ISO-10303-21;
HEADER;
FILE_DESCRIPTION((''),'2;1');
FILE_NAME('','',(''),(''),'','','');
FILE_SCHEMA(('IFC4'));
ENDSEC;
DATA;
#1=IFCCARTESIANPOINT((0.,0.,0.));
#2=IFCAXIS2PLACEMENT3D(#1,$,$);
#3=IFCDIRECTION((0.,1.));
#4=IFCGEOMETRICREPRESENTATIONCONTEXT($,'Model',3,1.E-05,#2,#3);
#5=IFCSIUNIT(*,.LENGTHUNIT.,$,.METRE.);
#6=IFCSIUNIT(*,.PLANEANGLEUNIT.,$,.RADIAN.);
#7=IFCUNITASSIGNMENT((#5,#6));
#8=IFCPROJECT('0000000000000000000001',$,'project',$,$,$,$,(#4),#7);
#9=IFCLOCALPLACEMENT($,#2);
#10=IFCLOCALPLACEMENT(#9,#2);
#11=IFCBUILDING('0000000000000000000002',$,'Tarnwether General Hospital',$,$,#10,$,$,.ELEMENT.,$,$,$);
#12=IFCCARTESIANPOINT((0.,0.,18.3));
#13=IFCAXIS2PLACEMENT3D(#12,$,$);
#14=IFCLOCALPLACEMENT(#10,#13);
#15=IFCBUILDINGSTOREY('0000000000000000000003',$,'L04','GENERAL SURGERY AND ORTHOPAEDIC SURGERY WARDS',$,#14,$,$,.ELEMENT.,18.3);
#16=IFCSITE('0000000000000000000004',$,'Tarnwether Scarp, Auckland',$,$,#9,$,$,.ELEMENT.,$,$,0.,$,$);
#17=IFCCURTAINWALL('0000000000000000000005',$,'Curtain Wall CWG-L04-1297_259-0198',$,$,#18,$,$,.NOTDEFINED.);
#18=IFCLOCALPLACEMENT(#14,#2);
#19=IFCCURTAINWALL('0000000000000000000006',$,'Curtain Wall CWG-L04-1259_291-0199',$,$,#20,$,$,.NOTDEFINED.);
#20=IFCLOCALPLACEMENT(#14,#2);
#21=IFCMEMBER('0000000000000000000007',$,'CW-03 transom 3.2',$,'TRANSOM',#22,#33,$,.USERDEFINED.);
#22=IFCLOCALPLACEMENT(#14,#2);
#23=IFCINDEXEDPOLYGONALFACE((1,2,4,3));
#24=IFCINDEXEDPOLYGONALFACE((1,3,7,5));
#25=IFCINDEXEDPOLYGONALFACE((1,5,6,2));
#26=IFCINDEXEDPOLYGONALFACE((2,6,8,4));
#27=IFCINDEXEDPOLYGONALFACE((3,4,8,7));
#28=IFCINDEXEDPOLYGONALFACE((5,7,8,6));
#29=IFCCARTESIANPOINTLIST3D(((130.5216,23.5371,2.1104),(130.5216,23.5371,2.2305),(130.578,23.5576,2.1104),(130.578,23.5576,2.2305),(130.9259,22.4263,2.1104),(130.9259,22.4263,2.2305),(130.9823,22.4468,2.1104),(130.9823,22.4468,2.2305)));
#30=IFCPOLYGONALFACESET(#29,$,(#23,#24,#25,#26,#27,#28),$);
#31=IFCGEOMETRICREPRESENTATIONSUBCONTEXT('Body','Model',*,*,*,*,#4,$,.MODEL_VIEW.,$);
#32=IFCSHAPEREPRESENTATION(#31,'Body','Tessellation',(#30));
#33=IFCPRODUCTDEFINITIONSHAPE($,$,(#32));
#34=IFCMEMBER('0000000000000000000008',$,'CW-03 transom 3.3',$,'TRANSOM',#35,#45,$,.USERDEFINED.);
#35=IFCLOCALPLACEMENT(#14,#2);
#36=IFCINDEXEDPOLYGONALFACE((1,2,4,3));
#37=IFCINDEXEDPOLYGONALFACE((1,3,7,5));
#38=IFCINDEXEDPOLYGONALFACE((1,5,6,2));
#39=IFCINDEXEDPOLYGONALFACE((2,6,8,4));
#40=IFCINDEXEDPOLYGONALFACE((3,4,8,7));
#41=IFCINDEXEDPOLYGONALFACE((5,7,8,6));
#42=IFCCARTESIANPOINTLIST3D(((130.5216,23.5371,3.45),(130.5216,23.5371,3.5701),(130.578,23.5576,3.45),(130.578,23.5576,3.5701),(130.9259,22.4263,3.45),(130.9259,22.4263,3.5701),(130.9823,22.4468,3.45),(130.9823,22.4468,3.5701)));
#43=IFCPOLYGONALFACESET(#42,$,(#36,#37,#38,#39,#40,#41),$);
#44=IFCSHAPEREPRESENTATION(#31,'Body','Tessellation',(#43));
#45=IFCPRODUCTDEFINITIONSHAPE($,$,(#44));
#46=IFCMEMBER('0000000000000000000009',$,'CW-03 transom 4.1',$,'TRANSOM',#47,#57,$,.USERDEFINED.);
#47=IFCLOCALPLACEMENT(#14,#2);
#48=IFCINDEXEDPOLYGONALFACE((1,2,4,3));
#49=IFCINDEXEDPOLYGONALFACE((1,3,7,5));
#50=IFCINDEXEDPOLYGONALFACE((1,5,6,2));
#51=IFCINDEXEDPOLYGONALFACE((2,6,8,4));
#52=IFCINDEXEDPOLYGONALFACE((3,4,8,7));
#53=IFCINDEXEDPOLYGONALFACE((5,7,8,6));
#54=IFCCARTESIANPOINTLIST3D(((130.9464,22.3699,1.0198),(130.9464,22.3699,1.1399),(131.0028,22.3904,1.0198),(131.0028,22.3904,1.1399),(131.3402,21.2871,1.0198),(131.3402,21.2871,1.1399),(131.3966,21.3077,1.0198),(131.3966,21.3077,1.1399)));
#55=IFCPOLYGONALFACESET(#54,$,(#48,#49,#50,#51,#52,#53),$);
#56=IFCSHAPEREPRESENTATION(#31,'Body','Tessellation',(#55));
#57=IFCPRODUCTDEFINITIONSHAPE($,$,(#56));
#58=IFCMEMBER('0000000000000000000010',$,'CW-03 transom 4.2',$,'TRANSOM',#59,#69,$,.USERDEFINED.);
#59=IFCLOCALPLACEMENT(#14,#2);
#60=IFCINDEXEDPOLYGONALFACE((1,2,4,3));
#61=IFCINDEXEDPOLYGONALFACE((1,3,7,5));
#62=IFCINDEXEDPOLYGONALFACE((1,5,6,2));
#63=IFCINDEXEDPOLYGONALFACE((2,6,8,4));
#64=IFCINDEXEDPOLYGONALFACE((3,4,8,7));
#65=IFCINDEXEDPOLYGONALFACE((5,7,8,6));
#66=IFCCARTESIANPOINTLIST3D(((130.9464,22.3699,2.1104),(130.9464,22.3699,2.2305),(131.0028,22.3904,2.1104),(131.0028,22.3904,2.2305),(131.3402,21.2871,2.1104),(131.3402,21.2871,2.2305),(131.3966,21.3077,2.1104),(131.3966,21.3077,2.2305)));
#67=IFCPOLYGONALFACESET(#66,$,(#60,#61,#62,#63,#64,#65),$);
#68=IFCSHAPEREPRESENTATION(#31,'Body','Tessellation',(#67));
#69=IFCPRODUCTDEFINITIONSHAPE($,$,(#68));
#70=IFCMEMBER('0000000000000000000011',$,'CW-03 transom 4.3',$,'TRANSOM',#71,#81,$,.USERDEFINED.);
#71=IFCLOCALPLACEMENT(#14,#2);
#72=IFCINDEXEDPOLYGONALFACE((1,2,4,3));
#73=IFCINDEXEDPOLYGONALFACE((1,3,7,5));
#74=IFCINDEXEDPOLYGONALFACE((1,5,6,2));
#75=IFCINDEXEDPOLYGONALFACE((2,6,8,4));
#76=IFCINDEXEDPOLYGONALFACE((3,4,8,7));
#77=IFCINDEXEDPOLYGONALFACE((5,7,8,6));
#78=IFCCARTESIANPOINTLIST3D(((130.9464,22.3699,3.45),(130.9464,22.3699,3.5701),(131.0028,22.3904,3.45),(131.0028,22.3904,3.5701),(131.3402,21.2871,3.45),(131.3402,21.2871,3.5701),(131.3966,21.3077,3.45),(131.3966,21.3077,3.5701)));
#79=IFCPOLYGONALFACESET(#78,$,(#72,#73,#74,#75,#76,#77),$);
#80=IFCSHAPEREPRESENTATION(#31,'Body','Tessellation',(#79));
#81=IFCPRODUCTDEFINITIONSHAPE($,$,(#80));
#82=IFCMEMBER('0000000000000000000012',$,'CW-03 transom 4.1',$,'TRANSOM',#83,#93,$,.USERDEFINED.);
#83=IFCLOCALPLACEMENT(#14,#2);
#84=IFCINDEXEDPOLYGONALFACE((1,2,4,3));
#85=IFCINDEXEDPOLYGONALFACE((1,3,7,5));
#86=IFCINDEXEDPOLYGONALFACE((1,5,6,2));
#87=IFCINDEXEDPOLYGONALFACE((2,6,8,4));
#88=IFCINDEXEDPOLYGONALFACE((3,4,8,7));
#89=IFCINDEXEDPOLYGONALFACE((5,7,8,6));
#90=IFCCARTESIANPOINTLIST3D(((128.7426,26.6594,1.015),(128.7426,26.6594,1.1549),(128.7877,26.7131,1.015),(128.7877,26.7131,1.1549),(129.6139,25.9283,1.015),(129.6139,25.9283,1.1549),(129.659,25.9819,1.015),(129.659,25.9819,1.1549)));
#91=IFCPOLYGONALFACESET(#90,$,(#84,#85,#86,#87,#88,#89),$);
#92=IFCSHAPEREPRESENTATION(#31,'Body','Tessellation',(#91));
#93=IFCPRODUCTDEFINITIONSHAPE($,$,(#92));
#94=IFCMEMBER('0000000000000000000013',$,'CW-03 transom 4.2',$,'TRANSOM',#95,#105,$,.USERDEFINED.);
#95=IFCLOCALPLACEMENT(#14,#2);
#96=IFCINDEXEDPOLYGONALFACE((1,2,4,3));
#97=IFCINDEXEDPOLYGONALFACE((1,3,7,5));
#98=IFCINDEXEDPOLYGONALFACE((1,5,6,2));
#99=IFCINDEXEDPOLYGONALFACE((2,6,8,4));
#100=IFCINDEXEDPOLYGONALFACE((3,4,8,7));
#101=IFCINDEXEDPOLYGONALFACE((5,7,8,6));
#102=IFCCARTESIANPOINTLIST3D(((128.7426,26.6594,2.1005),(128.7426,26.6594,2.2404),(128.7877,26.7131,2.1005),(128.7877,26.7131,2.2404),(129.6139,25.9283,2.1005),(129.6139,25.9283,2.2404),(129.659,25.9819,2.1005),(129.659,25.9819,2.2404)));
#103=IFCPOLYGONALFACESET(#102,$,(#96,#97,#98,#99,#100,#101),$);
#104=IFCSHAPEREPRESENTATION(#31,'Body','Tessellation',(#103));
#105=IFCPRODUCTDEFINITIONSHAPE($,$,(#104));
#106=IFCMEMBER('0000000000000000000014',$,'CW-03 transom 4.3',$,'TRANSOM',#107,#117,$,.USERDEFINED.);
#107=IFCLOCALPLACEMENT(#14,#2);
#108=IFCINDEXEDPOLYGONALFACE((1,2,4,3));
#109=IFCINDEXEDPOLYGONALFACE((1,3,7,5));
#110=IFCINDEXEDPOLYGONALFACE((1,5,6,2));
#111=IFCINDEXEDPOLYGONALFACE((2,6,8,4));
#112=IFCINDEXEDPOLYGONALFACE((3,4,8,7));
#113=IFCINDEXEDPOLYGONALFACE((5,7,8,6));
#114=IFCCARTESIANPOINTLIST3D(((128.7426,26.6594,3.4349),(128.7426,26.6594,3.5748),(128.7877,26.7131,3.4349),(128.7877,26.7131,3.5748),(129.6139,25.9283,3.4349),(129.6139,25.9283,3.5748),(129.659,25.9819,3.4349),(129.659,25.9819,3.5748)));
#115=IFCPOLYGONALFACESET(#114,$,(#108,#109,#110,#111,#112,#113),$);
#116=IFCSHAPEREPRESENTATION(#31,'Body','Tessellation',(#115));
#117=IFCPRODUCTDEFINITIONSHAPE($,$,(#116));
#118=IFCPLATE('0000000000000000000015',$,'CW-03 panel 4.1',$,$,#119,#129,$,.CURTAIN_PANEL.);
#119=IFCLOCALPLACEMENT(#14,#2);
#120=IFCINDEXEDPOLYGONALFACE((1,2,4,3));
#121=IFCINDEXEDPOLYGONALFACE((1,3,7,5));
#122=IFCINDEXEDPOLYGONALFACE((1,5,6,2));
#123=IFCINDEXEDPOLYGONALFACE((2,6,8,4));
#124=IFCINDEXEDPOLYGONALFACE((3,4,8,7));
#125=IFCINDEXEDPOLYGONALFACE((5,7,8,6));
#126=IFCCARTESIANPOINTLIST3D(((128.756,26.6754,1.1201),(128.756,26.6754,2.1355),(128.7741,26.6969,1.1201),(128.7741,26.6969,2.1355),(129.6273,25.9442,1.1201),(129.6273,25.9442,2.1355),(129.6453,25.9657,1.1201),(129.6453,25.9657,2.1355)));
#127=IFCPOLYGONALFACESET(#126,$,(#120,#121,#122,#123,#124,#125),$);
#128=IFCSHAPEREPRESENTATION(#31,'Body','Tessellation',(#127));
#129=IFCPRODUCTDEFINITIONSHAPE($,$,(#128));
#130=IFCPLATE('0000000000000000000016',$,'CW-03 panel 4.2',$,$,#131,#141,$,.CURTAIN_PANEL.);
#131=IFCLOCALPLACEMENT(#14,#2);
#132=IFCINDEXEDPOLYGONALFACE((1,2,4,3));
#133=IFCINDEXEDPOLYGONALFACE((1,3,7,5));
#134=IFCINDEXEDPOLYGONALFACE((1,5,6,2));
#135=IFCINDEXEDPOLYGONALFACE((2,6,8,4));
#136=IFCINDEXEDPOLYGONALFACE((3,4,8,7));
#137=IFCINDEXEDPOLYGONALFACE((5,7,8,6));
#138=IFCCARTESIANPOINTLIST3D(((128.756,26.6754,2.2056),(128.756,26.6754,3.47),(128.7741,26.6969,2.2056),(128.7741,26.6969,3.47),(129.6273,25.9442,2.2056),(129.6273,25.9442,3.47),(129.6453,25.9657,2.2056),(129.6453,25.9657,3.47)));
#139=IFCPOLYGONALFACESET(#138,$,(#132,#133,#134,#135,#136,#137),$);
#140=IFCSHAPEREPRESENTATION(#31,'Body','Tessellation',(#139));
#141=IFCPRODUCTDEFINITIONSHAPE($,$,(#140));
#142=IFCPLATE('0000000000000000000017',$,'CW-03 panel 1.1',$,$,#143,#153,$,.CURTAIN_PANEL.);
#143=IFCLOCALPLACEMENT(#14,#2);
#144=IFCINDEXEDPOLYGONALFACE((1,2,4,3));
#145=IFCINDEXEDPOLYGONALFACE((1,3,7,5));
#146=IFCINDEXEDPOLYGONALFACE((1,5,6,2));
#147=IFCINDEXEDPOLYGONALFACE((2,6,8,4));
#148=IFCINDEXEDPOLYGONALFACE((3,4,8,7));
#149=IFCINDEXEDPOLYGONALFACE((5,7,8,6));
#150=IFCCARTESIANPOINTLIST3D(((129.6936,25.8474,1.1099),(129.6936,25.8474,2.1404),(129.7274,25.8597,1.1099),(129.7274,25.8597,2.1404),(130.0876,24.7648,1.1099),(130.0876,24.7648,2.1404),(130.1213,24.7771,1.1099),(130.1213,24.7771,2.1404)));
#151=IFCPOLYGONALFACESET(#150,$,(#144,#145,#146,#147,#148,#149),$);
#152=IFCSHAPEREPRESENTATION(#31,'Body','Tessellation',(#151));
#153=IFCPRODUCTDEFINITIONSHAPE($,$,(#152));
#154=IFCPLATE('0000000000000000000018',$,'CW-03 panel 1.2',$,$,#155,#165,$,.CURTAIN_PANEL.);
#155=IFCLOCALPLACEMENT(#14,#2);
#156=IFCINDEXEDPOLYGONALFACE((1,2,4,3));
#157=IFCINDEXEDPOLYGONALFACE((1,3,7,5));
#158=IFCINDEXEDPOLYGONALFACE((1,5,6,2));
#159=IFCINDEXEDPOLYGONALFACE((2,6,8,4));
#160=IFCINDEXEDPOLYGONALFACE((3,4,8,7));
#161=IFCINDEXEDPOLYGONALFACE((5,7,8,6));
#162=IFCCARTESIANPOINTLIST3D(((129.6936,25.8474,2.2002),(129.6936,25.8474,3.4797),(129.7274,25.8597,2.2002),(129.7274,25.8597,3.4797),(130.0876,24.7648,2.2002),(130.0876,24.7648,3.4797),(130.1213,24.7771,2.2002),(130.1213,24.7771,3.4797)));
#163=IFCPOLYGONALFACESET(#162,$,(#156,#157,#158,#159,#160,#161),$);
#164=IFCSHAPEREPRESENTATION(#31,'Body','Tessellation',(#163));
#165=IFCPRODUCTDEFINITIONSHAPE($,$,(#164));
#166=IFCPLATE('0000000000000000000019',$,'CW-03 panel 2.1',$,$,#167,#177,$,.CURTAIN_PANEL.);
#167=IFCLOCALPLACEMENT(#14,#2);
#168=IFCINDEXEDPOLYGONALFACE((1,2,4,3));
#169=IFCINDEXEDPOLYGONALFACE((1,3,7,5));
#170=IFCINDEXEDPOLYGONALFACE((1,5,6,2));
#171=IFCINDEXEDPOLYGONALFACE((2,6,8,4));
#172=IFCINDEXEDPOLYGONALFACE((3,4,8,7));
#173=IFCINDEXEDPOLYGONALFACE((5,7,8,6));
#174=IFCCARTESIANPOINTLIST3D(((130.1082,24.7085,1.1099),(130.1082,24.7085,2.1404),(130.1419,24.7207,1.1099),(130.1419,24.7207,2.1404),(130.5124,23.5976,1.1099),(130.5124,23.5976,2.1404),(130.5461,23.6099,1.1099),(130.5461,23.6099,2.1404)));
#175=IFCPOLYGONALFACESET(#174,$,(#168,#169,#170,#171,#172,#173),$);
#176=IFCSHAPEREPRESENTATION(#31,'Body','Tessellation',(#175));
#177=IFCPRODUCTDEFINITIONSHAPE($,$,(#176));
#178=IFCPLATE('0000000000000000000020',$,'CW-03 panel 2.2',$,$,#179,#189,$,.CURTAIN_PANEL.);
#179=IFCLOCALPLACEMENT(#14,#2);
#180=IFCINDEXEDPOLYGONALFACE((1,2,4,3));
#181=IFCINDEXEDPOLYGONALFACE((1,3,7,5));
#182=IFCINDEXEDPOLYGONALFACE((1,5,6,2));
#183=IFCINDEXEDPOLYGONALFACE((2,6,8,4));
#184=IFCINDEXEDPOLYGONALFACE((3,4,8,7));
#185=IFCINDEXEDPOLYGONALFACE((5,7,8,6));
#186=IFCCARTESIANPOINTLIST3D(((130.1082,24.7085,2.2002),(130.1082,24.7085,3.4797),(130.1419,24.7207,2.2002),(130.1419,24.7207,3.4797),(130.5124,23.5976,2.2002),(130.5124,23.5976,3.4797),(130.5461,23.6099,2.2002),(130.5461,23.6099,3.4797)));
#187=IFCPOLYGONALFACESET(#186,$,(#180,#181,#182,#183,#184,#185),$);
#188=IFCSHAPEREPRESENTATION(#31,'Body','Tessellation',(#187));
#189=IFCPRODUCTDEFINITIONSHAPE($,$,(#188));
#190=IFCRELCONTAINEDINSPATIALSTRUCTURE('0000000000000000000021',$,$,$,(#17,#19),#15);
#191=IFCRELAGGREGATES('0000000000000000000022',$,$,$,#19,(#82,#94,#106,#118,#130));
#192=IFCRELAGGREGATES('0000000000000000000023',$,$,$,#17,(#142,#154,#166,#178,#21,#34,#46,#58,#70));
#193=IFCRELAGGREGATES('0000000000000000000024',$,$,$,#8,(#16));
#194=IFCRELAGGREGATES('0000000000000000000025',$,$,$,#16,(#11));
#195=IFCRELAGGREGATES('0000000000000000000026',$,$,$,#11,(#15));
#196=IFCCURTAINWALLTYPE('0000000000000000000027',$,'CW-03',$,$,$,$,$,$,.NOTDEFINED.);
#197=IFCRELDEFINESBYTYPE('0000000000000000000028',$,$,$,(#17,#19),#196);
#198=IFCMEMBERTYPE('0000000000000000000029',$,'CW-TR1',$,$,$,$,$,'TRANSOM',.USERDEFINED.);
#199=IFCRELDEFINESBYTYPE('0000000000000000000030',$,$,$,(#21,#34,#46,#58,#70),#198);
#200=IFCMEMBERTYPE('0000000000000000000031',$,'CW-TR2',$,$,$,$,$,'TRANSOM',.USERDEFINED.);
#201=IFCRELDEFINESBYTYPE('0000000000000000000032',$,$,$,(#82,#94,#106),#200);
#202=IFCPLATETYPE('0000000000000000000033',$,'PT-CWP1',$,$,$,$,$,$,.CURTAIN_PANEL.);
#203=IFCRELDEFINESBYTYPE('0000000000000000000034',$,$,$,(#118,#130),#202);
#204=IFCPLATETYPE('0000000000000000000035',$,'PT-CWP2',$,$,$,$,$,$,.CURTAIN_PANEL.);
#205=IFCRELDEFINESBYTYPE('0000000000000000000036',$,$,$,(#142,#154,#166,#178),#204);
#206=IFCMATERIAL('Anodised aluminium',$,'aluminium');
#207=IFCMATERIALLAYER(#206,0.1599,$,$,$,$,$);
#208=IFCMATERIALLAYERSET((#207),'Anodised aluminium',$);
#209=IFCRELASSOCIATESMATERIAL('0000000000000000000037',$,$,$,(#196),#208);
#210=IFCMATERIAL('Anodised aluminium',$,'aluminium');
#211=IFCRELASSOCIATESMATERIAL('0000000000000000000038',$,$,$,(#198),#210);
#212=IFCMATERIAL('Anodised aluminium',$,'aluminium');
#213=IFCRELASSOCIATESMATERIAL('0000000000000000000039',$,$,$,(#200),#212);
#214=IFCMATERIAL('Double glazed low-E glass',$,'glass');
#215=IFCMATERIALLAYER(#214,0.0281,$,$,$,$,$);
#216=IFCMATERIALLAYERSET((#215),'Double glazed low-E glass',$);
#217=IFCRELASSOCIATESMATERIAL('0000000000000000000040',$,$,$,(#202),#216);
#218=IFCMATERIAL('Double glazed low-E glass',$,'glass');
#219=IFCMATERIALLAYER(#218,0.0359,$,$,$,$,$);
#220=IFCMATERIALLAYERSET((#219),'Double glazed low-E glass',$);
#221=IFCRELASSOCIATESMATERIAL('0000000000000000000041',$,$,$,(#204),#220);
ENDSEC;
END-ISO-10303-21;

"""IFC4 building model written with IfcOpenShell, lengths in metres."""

from ifc_helpers import new_model, si_unit, direction, frame, origin, origin_2d, place, context, subcontext, project, spatial, rectangle, extrude, material, layer, layer_set, material_profile, profile_set, type_object, element, aggregate, save


model = new_model("IFC4")

# Units and contexts
model_context = context("Model", 3, precision=1e-05, world=origin(), true_north=direction((0.0, 1.0)))
body_context = subcontext(model_context, "Body", "Model", "MODEL_VIEW")
ifc_project = project(units=[si_unit("LENGTHUNIT", "METRE"), si_unit("PLANEANGLEUNIT", "RADIAN")], contexts=[model_context])

# Site, building, storey
site_placement = place(None, origin())
site = spatial("IfcSite", under=ifc_project, at=site_placement, Name="Tarnwether Scarp, Auckland", CompositionType="ELEMENT", RefElevation=0.0)
building_placement = place(site_placement, origin())
building = spatial("IfcBuilding", under=site, at=building_placement, Name="Tarnwether General Hospital", CompositionType="ELEMENT")
storey_placement = place(building_placement, frame((0.0, 0.0, 18.3)))
storey = spatial("IfcBuildingStorey", under=building, at=storey_placement, Name="L04", Description="GENERAL SURGERY AND ORTHOPAEDIC SURGERY WARDS", CompositionType="ELEMENT", Elevation=18.3)

# Curtain wall
ifc_material_1 = material(Name="Anodised aluminium", Category="aluminium")
ifc_layer_1 = layer(ifc_material_1, 0.1599)
ifc_layer_set_1 = layer_set([ifc_layer_1], Name="Anodised aluminium")
curtain_wall_type = type_object("IfcCurtainWallType", Name="CW-03", PredefinedType="NOTDEFINED", material=ifc_layer_set_1)
curtain_wall_1_placement = place(storey_placement, origin())
curtain_wall_1 = element("IfcCurtainWall", 1, at=curtain_wall_1_placement, inside=storey, type_object=curtain_wall_type, Name="Curtain Wall CWG-L04-1297_259-0198", PredefinedType="NOTDEFINED")

# Curtain wall
curtain_wall_2_placement = place(storey_placement, origin())
curtain_wall_2 = element("IfcCurtainWall", 2, at=curtain_wall_2_placement, inside=storey, type_object=curtain_wall_type, Name="Curtain Wall CWG-L04-1259_291-0199", PredefinedType="NOTDEFINED")

# Members
ifc_material_2 = material(Name="Anodised aluminium", Category="aluminium")
ifc_material_profile_1 = material_profile(ifc_material_2, rectangle(XDim=0.0601, YDim=0.1201, at=origin_2d()), Name="ALU-TRN-60x120")
ifc_profile_set_1 = profile_set([ifc_material_profile_1], Name="Anodised aluminium")
member_type_1 = type_object("IfcMemberType", Name="CW-TR1", ElementType="TRANSOM", PredefinedType="USERDEFINED", material=ifc_profile_set_1)
member_1_placement = place(storey_placement, frame((130.5498, 23.5474, 2.1704), z_axis=(0.342008, -0.939697, 0.0), x_axis=(0.939697, 0.342008, 0.0)))
member_1 = element("IfcMember", 3, at=member_1_placement, type_object=member_type_1, Name="CW-03 transom 3.2", ObjectType="TRANSOM", PredefinedType="USERDEFINED", context=body_context, shape_type="SweptSolid", body=[
    extrude(rectangle(XDim=0.0601, YDim=0.1201, at=origin_2d()), origin(), (0.0, 0.0, 1.0), 1.1821),
])
member_2_placement = place(storey_placement, frame((130.5498, 23.5474, 3.51), z_axis=(0.342008, -0.939697, 0.0), x_axis=(0.939697, 0.342008, 0.0)))
member_2 = element("IfcMember", 4, at=member_2_placement, type_object=member_type_1, Name="CW-03 transom 3.3", ObjectType="TRANSOM", PredefinedType="USERDEFINED", context=body_context, shape_type="SweptSolid", body=[
    extrude(rectangle(XDim=0.0601, YDim=0.1201, at=origin_2d()), origin(), (0.0, 0.0, 1.0), 1.1821),
])
member_3_placement = place(storey_placement, frame((130.9746, 22.3801, 1.0798), z_axis=(0.341794, -0.939775, 0.0), x_axis=(0.939775, 0.341794, 0.0)))
member_3 = element("IfcMember", 5, at=member_3_placement, type_object=member_type_1, Name="CW-03 transom 4.1", ObjectType="TRANSOM", PredefinedType="USERDEFINED", context=body_context, shape_type="SweptSolid", body=[
    extrude(rectangle(XDim=0.0601, YDim=0.1201, at=origin_2d()), origin(), (0.0, 0.0, 1.0), 1.1521),
])
member_4_placement = place(storey_placement, frame((130.9746, 22.3801, 2.1704), z_axis=(0.341794, -0.939775, 0.0), x_axis=(0.939775, 0.341794, 0.0)))
member_4 = element("IfcMember", 6, at=member_4_placement, type_object=member_type_1, Name="CW-03 transom 4.2", ObjectType="TRANSOM", PredefinedType="USERDEFINED", context=body_context, shape_type="SweptSolid", body=[
    extrude(rectangle(XDim=0.0601, YDim=0.1201, at=origin_2d()), origin(), (0.0, 0.0, 1.0), 1.1521),
])
member_5_placement = place(storey_placement, frame((130.9746, 22.3801, 3.51), z_axis=(0.341794, -0.939775, 0.0), x_axis=(0.939775, 0.341794, 0.0)))
member_5 = element("IfcMember", 7, at=member_5_placement, type_object=member_type_1, Name="CW-03 transom 4.3", ObjectType="TRANSOM", PredefinedType="USERDEFINED", context=body_context, shape_type="SweptSolid", body=[
    extrude(rectangle(XDim=0.0601, YDim=0.1201, at=origin_2d()), origin(), (0.0, 0.0, 1.0), 1.1521),
])
ifc_material_3 = material(Name="Anodised aluminium", Category="aluminium")
ifc_material_profile_2 = material_profile(ifc_material_3, rectangle(XDim=0.0701, YDim=0.1399, at=origin_2d()), Name="ALU-TRN-70x140")
ifc_profile_set_2 = profile_set([ifc_material_profile_2], Name="Anodised aluminium")
member_type_2 = type_object("IfcMemberType", Name="CW-TR2", ElementType="TRANSOM", PredefinedType="USERDEFINED", material=ifc_profile_set_2)
member_6_placement = place(storey_placement, frame((128.7651, 26.6863, 1.085), z_axis=(0.766018, -0.64282, 0.0), x_axis=(0.64282, 0.766018, 0.0)))
member_6 = element("IfcMember", 8, at=member_6_placement, type_object=member_type_2, Name="CW-03 transom 4.1", ObjectType="TRANSOM", PredefinedType="USERDEFINED", context=body_context, shape_type="SweptSolid", body=[
    extrude(rectangle(XDim=0.0701, YDim=0.1399, at=origin_2d()), origin(), (0.0, 0.0, 1.0), 1.1375),
])
member_7_placement = place(storey_placement, frame((128.7651, 26.6863, 2.1704), z_axis=(0.766018, -0.64282, 0.0), x_axis=(0.64282, 0.766018, 0.0)))
member_7 = element("IfcMember", 9, at=member_7_placement, type_object=member_type_2, Name="CW-03 transom 4.2", ObjectType="TRANSOM", PredefinedType="USERDEFINED", context=body_context, shape_type="SweptSolid", body=[
    extrude(rectangle(XDim=0.0701, YDim=0.1399, at=origin_2d()), origin(), (0.0, 0.0, 1.0), 1.1375),
])
member_8_placement = place(storey_placement, frame((128.7651, 26.6863, 3.5049), z_axis=(0.766018, -0.64282, 0.0), x_axis=(0.64282, 0.766018, 0.0)))
member_8 = element("IfcMember", 10, at=member_8_placement, type_object=member_type_2, Name="CW-03 transom 4.3", ObjectType="TRANSOM", PredefinedType="USERDEFINED", context=body_context, shape_type="SweptSolid", body=[
    extrude(rectangle(XDim=0.0701, YDim=0.1399, at=origin_2d()), origin(), (0.0, 0.0, 1.0), 1.1375),
])

# Plates
ifc_material_4 = material(Name="Double glazed low-E glass", Category="glass")
ifc_layer_2 = layer(ifc_material_4, 0.0281)
ifc_layer_set_2 = layer_set([ifc_layer_2], Name="Double glazed low-E glass")
plate_type_1 = type_object("IfcPlateType", Name="PT-CWP1", PredefinedType="CURTAIN_PANEL", material=ifc_layer_set_2)
plate_1_placement = place(storey_placement, frame((129.2007, 26.3206, 1.1201), z_axis=(0.0, 0.0, 1.0), x_axis=(0.76599, -0.642852, 0.0)))
plate_1 = element("IfcPlate", 11, at=plate_1_placement, type_object=plate_type_1, Name="CW-03 panel 4.1", PredefinedType="CURTAIN_PANEL", context=body_context, shape_type="SweptSolid", body=[
    extrude(rectangle(XDim=1.1375, YDim=0.0281, at=origin_2d()), origin(), (0.0, 0.0, 1.0), 1.0154),
])
plate_2_placement = place(storey_placement, frame((129.2007, 26.3206, 2.2056), z_axis=(0.0, 0.0, 1.0), x_axis=(0.76599, -0.642852, 0.0)))
plate_2 = element("IfcPlate", 12, at=plate_2_placement, type_object=plate_type_1, Name="CW-03 panel 4.2", PredefinedType="CURTAIN_PANEL", context=body_context, shape_type="SweptSolid", body=[
    extrude(rectangle(XDim=1.1375, YDim=0.0281, at=origin_2d()), origin(), (0.0, 0.0, 1.0), 1.2644),
])
aggregate(curtain_wall_2, [member_6, member_7, member_8, plate_1, plate_2])
ifc_material_5 = material(Name="Double glazed low-E glass", Category="glass")
ifc_layer_3 = layer(ifc_material_5, 0.0359)
ifc_layer_set_3 = layer_set([ifc_layer_3], Name="Double glazed low-E glass")
plate_type_2 = type_object("IfcPlateType", Name="PT-CWP2", PredefinedType="CURTAIN_PANEL", material=ifc_layer_set_3)
plate_3_placement = place(storey_placement, frame((129.9075, 25.3123, 1.1099), z_axis=(0.0, 0.0, 1.0), x_axis=(0.341953, -0.939717, 0.0)))
plate_3 = element("IfcPlate", 13, at=plate_3_placement, type_object=plate_type_2, Name="CW-03 panel 1.1", PredefinedType="CURTAIN_PANEL", context=body_context, shape_type="SweptSolid", body=[
    extrude(rectangle(XDim=1.1521, YDim=0.0359, at=origin_2d()), origin(), (0.0, 0.0, 1.0), 1.0305),
])
plate_4_placement = place(storey_placement, frame((129.9075, 25.3123, 2.2002), z_axis=(0.0, 0.0, 1.0), x_axis=(0.341953, -0.939717, 0.0)))
plate_4 = element("IfcPlate", 14, at=plate_4_placement, type_object=plate_type_2, Name="CW-03 panel 1.2", PredefinedType="CURTAIN_PANEL", context=body_context, shape_type="SweptSolid", body=[
    extrude(rectangle(XDim=1.1521, YDim=0.0359, at=origin_2d()), origin(), (0.0, 0.0, 1.0), 1.2795),
])
plate_5_placement = place(storey_placement, frame((130.3271, 24.1592, 1.1099), z_axis=(0.0, 0.0, 1.0), x_axis=(0.341953, -0.939717, 0.0)))
plate_5 = element("IfcPlate", 15, at=plate_5_placement, type_object=plate_type_2, Name="CW-03 panel 2.1", PredefinedType="CURTAIN_PANEL", context=body_context, shape_type="SweptSolid", body=[
    extrude(rectangle(XDim=1.1821, YDim=0.0359, at=origin_2d()), origin(), (0.0, 0.0, 1.0), 1.0305),
])
plate_6_placement = place(storey_placement, frame((130.3271, 24.1592, 2.2002), z_axis=(0.0, 0.0, 1.0), x_axis=(0.341953, -0.939717, 0.0)))
plate_6 = element("IfcPlate", 16, at=plate_6_placement, type_object=plate_type_2, Name="CW-03 panel 2.2", PredefinedType="CURTAIN_PANEL", context=body_context, shape_type="SweptSolid", body=[
    extrude(rectangle(XDim=1.1821, YDim=0.0359, at=origin_2d()), origin(), (0.0, 0.0, 1.0), 1.2795),
])
aggregate(curtain_wall_1, [plate_3, plate_4, plate_5, plate_6, member_1, member_2, member_3, member_4, member_5])

save(model, "model.ifc")
